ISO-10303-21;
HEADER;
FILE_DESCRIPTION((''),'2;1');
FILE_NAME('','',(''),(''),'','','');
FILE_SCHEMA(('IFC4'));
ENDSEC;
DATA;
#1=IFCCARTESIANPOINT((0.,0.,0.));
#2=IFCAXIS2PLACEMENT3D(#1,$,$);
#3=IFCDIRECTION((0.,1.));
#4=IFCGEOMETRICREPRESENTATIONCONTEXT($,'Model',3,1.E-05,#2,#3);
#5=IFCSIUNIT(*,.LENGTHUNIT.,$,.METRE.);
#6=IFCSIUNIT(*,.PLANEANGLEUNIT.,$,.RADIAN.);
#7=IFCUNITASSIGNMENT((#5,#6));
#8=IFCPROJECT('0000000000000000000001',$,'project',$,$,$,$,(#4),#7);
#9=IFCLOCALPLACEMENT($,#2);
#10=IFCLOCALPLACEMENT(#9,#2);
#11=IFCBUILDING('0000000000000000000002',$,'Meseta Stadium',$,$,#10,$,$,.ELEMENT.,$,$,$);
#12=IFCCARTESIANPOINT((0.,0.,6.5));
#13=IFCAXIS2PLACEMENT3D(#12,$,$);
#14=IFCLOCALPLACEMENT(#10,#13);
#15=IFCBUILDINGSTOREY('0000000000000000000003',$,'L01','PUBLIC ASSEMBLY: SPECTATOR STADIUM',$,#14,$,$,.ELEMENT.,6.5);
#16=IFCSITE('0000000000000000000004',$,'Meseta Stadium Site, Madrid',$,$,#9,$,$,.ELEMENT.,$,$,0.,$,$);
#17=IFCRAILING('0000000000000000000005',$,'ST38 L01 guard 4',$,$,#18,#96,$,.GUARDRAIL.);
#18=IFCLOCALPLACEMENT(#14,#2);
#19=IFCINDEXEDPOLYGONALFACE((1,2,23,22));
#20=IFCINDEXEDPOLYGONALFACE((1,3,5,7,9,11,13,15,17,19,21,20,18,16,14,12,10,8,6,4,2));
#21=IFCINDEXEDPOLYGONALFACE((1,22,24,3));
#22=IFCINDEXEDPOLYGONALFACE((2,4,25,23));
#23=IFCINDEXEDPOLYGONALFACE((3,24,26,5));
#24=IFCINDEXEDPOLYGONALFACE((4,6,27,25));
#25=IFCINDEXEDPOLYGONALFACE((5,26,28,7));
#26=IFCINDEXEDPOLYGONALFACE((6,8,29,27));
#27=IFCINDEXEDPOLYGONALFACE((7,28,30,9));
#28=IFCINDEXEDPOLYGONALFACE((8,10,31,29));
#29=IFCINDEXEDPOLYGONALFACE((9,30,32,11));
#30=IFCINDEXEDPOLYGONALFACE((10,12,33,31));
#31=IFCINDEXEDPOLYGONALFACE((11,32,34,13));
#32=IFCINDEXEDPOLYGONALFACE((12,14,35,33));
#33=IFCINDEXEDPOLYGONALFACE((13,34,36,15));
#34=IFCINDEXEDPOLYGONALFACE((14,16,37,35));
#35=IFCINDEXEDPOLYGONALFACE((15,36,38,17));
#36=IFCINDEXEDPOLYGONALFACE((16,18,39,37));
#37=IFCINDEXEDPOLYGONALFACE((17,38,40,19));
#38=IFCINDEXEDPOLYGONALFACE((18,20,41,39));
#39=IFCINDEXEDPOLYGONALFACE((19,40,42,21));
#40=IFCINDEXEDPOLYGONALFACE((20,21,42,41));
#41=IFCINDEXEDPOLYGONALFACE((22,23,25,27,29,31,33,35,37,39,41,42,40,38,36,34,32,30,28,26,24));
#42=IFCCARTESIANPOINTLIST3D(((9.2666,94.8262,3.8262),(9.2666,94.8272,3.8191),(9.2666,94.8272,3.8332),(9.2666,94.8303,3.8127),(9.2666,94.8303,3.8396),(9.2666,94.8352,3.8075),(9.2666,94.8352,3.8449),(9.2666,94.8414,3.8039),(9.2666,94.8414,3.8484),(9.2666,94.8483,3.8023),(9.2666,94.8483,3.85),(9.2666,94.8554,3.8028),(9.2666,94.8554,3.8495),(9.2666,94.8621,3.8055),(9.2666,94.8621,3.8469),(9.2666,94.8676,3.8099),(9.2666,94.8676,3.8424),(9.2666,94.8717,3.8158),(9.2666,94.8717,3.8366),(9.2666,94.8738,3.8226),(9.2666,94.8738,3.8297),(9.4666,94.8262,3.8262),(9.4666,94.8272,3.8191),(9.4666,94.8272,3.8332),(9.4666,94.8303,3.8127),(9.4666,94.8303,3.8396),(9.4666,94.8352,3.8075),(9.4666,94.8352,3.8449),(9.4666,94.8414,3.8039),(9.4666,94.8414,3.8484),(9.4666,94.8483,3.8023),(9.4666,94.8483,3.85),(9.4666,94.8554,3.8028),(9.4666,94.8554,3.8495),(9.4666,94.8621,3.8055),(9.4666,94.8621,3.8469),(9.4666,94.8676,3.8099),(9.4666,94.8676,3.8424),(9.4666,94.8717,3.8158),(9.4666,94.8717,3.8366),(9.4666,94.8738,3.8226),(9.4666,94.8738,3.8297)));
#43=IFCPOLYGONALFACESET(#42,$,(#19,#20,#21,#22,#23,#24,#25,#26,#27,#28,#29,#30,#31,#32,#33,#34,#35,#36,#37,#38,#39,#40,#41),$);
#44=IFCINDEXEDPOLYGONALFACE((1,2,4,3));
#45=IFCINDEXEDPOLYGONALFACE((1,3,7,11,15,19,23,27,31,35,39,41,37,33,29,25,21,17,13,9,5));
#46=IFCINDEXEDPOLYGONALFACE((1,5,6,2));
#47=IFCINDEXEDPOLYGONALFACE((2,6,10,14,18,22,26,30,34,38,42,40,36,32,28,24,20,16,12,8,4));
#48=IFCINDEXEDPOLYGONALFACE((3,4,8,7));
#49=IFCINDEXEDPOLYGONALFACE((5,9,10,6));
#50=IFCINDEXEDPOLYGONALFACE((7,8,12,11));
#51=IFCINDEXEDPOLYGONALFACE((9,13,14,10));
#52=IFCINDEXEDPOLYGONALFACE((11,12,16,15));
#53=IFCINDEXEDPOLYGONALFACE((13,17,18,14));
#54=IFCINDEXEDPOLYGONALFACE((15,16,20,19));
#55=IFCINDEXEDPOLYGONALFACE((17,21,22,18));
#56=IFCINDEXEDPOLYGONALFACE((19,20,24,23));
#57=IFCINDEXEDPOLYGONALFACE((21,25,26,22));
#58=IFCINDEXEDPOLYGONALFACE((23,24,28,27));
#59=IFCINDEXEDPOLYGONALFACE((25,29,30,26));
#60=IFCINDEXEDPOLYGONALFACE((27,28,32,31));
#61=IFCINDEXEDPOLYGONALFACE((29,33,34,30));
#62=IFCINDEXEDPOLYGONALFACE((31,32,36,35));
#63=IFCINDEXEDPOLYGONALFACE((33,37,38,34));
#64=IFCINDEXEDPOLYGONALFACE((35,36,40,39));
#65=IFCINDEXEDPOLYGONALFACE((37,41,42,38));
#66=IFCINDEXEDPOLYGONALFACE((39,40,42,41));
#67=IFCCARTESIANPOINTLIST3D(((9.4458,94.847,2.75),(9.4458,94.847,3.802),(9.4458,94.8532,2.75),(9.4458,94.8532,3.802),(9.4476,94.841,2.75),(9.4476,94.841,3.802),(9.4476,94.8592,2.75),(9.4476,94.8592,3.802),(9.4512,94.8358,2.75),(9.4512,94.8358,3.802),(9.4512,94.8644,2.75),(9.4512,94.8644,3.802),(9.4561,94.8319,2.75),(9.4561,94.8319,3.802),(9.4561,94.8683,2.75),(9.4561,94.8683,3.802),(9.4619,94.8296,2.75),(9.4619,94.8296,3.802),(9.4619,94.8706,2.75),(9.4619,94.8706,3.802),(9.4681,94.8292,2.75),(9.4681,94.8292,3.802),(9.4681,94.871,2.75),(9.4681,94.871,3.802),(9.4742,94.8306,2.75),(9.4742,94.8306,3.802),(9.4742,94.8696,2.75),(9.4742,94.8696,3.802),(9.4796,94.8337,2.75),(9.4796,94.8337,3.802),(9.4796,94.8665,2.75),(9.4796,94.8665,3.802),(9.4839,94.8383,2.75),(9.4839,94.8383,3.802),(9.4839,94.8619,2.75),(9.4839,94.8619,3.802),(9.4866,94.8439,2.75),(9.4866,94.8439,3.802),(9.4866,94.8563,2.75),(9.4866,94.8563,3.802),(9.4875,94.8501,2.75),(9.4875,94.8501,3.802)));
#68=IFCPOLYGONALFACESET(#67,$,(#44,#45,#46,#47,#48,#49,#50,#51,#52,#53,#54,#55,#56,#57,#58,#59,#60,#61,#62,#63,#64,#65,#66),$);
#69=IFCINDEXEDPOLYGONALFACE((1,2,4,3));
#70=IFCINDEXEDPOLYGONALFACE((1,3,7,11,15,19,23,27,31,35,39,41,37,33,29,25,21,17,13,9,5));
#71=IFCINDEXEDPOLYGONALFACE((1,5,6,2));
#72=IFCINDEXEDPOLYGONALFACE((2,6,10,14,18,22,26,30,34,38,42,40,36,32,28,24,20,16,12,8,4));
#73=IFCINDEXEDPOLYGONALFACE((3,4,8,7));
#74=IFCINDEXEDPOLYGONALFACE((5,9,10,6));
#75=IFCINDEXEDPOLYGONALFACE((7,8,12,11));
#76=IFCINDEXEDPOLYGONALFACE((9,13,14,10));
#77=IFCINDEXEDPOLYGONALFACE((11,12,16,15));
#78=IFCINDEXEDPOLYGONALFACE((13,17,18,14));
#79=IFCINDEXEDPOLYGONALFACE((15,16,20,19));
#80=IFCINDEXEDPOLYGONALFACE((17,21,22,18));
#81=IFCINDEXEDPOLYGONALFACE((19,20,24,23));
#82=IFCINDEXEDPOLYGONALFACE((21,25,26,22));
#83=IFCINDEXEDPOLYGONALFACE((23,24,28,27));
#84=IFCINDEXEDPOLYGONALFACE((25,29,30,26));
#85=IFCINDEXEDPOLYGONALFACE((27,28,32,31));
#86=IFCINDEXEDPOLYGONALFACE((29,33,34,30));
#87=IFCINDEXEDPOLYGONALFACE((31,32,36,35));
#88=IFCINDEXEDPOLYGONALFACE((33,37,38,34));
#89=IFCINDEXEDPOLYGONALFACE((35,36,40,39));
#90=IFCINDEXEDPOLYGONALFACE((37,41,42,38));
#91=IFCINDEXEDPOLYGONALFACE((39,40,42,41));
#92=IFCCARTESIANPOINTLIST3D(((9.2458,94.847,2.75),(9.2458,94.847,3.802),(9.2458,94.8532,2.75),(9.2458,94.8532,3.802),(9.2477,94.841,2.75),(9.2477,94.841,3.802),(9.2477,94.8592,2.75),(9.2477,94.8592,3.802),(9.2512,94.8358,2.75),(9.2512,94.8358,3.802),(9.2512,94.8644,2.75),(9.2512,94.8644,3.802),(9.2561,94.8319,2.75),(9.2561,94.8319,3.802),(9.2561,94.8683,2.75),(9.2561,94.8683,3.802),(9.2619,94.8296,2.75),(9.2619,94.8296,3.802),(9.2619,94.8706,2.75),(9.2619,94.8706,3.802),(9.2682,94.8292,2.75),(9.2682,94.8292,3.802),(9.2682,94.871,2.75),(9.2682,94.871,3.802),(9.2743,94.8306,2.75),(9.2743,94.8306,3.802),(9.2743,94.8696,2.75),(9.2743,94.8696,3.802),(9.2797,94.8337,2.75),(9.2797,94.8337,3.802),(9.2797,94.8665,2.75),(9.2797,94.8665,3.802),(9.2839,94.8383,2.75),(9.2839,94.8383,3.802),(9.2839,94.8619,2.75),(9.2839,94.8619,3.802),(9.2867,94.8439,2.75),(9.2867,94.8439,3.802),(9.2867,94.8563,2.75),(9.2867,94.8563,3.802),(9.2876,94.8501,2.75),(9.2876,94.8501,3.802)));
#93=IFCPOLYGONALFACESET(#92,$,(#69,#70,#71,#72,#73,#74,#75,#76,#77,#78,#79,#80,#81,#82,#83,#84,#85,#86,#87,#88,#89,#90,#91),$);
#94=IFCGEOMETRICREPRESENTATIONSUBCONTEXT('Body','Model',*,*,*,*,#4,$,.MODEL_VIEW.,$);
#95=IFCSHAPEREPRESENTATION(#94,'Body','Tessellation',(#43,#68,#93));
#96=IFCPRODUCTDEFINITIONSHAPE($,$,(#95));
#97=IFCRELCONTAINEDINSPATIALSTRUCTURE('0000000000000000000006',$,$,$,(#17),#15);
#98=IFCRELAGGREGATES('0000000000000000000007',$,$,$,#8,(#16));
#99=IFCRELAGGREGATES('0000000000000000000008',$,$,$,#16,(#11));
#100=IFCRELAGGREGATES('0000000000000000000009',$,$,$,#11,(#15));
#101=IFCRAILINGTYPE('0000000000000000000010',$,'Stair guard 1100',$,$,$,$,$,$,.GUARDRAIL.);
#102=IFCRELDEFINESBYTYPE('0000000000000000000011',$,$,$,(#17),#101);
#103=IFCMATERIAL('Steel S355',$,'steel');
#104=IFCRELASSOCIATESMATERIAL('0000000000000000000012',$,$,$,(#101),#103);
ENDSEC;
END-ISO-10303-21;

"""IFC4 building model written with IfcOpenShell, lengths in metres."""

from ifc_helpers import new_model, si_unit, direction, frame, origin, origin_2d, place, context, subcontext, project, spatial, circle, extrude, material, type_object, element, save


model = new_model("IFC4")

# Units and contexts
model_context = context("Model", 3, precision=1e-05, world=origin(), true_north=direction((0.0, 1.0)))
body_context = subcontext(model_context, "Body", "Model", "MODEL_VIEW")
ifc_project = project(units=[si_unit("LENGTHUNIT", "METRE"), si_unit("PLANEANGLEUNIT", "RADIAN")], contexts=[model_context])

# Site, building, storey
site_placement = place(None, origin())
site = spatial("IfcSite", under=ifc_project, at=site_placement, Name="Meseta Stadium Site, Madrid", CompositionType="ELEMENT", RefElevation=0.0)
building_placement = place(site_placement, origin())
building = spatial("IfcBuilding", under=site, at=building_placement, Name="Meseta Stadium", CompositionType="ELEMENT")
storey_placement = place(building_placement, frame((0.0, 0.0, 6.5)))
storey = spatial("IfcBuildingStorey", under=building, at=storey_placement, Name="L01", Description="PUBLIC ASSEMBLY: SPECTATOR STADIUM", CompositionType="ELEMENT", Elevation=6.5)

# Railing
ifc_material_1 = material(Name="Steel S355", Category="steel")
railing_type_1 = type_object("IfcRailingType", Name="Stair guard 1100", PredefinedType="GUARDRAIL", material=ifc_material_1)
railing_1_placement = place(storey_placement, frame((9.4666, 94.8501, 2.75)))
element("IfcRailing", 1, at=railing_1_placement, inside=storey, type_object=railing_type_1, Name="ST38 L01 guard 4", PredefinedType="GUARDRAIL", context=body_context, shape_type="SweptSolid", body=[
    extrude(circle(Radius=0.0239, at=origin_2d()), frame((0.0, 0.0, 1.0762), z_axis=(-1.0, 0.0, 0.0), x_axis=(0.0, -1.0, 0.0)), (0.0, 0.0, 1.0), 0.2),
    extrude(circle(Radius=0.021, at=origin_2d()), origin(), (0.0, 0.0, 1.0), 1.052),
    extrude(circle(Radius=0.021, at=origin_2d()), frame((-0.2, 0.0, 0.0)), (0.0, 0.0, 1.0), 1.052),
])

save(model, "model.ifc")
